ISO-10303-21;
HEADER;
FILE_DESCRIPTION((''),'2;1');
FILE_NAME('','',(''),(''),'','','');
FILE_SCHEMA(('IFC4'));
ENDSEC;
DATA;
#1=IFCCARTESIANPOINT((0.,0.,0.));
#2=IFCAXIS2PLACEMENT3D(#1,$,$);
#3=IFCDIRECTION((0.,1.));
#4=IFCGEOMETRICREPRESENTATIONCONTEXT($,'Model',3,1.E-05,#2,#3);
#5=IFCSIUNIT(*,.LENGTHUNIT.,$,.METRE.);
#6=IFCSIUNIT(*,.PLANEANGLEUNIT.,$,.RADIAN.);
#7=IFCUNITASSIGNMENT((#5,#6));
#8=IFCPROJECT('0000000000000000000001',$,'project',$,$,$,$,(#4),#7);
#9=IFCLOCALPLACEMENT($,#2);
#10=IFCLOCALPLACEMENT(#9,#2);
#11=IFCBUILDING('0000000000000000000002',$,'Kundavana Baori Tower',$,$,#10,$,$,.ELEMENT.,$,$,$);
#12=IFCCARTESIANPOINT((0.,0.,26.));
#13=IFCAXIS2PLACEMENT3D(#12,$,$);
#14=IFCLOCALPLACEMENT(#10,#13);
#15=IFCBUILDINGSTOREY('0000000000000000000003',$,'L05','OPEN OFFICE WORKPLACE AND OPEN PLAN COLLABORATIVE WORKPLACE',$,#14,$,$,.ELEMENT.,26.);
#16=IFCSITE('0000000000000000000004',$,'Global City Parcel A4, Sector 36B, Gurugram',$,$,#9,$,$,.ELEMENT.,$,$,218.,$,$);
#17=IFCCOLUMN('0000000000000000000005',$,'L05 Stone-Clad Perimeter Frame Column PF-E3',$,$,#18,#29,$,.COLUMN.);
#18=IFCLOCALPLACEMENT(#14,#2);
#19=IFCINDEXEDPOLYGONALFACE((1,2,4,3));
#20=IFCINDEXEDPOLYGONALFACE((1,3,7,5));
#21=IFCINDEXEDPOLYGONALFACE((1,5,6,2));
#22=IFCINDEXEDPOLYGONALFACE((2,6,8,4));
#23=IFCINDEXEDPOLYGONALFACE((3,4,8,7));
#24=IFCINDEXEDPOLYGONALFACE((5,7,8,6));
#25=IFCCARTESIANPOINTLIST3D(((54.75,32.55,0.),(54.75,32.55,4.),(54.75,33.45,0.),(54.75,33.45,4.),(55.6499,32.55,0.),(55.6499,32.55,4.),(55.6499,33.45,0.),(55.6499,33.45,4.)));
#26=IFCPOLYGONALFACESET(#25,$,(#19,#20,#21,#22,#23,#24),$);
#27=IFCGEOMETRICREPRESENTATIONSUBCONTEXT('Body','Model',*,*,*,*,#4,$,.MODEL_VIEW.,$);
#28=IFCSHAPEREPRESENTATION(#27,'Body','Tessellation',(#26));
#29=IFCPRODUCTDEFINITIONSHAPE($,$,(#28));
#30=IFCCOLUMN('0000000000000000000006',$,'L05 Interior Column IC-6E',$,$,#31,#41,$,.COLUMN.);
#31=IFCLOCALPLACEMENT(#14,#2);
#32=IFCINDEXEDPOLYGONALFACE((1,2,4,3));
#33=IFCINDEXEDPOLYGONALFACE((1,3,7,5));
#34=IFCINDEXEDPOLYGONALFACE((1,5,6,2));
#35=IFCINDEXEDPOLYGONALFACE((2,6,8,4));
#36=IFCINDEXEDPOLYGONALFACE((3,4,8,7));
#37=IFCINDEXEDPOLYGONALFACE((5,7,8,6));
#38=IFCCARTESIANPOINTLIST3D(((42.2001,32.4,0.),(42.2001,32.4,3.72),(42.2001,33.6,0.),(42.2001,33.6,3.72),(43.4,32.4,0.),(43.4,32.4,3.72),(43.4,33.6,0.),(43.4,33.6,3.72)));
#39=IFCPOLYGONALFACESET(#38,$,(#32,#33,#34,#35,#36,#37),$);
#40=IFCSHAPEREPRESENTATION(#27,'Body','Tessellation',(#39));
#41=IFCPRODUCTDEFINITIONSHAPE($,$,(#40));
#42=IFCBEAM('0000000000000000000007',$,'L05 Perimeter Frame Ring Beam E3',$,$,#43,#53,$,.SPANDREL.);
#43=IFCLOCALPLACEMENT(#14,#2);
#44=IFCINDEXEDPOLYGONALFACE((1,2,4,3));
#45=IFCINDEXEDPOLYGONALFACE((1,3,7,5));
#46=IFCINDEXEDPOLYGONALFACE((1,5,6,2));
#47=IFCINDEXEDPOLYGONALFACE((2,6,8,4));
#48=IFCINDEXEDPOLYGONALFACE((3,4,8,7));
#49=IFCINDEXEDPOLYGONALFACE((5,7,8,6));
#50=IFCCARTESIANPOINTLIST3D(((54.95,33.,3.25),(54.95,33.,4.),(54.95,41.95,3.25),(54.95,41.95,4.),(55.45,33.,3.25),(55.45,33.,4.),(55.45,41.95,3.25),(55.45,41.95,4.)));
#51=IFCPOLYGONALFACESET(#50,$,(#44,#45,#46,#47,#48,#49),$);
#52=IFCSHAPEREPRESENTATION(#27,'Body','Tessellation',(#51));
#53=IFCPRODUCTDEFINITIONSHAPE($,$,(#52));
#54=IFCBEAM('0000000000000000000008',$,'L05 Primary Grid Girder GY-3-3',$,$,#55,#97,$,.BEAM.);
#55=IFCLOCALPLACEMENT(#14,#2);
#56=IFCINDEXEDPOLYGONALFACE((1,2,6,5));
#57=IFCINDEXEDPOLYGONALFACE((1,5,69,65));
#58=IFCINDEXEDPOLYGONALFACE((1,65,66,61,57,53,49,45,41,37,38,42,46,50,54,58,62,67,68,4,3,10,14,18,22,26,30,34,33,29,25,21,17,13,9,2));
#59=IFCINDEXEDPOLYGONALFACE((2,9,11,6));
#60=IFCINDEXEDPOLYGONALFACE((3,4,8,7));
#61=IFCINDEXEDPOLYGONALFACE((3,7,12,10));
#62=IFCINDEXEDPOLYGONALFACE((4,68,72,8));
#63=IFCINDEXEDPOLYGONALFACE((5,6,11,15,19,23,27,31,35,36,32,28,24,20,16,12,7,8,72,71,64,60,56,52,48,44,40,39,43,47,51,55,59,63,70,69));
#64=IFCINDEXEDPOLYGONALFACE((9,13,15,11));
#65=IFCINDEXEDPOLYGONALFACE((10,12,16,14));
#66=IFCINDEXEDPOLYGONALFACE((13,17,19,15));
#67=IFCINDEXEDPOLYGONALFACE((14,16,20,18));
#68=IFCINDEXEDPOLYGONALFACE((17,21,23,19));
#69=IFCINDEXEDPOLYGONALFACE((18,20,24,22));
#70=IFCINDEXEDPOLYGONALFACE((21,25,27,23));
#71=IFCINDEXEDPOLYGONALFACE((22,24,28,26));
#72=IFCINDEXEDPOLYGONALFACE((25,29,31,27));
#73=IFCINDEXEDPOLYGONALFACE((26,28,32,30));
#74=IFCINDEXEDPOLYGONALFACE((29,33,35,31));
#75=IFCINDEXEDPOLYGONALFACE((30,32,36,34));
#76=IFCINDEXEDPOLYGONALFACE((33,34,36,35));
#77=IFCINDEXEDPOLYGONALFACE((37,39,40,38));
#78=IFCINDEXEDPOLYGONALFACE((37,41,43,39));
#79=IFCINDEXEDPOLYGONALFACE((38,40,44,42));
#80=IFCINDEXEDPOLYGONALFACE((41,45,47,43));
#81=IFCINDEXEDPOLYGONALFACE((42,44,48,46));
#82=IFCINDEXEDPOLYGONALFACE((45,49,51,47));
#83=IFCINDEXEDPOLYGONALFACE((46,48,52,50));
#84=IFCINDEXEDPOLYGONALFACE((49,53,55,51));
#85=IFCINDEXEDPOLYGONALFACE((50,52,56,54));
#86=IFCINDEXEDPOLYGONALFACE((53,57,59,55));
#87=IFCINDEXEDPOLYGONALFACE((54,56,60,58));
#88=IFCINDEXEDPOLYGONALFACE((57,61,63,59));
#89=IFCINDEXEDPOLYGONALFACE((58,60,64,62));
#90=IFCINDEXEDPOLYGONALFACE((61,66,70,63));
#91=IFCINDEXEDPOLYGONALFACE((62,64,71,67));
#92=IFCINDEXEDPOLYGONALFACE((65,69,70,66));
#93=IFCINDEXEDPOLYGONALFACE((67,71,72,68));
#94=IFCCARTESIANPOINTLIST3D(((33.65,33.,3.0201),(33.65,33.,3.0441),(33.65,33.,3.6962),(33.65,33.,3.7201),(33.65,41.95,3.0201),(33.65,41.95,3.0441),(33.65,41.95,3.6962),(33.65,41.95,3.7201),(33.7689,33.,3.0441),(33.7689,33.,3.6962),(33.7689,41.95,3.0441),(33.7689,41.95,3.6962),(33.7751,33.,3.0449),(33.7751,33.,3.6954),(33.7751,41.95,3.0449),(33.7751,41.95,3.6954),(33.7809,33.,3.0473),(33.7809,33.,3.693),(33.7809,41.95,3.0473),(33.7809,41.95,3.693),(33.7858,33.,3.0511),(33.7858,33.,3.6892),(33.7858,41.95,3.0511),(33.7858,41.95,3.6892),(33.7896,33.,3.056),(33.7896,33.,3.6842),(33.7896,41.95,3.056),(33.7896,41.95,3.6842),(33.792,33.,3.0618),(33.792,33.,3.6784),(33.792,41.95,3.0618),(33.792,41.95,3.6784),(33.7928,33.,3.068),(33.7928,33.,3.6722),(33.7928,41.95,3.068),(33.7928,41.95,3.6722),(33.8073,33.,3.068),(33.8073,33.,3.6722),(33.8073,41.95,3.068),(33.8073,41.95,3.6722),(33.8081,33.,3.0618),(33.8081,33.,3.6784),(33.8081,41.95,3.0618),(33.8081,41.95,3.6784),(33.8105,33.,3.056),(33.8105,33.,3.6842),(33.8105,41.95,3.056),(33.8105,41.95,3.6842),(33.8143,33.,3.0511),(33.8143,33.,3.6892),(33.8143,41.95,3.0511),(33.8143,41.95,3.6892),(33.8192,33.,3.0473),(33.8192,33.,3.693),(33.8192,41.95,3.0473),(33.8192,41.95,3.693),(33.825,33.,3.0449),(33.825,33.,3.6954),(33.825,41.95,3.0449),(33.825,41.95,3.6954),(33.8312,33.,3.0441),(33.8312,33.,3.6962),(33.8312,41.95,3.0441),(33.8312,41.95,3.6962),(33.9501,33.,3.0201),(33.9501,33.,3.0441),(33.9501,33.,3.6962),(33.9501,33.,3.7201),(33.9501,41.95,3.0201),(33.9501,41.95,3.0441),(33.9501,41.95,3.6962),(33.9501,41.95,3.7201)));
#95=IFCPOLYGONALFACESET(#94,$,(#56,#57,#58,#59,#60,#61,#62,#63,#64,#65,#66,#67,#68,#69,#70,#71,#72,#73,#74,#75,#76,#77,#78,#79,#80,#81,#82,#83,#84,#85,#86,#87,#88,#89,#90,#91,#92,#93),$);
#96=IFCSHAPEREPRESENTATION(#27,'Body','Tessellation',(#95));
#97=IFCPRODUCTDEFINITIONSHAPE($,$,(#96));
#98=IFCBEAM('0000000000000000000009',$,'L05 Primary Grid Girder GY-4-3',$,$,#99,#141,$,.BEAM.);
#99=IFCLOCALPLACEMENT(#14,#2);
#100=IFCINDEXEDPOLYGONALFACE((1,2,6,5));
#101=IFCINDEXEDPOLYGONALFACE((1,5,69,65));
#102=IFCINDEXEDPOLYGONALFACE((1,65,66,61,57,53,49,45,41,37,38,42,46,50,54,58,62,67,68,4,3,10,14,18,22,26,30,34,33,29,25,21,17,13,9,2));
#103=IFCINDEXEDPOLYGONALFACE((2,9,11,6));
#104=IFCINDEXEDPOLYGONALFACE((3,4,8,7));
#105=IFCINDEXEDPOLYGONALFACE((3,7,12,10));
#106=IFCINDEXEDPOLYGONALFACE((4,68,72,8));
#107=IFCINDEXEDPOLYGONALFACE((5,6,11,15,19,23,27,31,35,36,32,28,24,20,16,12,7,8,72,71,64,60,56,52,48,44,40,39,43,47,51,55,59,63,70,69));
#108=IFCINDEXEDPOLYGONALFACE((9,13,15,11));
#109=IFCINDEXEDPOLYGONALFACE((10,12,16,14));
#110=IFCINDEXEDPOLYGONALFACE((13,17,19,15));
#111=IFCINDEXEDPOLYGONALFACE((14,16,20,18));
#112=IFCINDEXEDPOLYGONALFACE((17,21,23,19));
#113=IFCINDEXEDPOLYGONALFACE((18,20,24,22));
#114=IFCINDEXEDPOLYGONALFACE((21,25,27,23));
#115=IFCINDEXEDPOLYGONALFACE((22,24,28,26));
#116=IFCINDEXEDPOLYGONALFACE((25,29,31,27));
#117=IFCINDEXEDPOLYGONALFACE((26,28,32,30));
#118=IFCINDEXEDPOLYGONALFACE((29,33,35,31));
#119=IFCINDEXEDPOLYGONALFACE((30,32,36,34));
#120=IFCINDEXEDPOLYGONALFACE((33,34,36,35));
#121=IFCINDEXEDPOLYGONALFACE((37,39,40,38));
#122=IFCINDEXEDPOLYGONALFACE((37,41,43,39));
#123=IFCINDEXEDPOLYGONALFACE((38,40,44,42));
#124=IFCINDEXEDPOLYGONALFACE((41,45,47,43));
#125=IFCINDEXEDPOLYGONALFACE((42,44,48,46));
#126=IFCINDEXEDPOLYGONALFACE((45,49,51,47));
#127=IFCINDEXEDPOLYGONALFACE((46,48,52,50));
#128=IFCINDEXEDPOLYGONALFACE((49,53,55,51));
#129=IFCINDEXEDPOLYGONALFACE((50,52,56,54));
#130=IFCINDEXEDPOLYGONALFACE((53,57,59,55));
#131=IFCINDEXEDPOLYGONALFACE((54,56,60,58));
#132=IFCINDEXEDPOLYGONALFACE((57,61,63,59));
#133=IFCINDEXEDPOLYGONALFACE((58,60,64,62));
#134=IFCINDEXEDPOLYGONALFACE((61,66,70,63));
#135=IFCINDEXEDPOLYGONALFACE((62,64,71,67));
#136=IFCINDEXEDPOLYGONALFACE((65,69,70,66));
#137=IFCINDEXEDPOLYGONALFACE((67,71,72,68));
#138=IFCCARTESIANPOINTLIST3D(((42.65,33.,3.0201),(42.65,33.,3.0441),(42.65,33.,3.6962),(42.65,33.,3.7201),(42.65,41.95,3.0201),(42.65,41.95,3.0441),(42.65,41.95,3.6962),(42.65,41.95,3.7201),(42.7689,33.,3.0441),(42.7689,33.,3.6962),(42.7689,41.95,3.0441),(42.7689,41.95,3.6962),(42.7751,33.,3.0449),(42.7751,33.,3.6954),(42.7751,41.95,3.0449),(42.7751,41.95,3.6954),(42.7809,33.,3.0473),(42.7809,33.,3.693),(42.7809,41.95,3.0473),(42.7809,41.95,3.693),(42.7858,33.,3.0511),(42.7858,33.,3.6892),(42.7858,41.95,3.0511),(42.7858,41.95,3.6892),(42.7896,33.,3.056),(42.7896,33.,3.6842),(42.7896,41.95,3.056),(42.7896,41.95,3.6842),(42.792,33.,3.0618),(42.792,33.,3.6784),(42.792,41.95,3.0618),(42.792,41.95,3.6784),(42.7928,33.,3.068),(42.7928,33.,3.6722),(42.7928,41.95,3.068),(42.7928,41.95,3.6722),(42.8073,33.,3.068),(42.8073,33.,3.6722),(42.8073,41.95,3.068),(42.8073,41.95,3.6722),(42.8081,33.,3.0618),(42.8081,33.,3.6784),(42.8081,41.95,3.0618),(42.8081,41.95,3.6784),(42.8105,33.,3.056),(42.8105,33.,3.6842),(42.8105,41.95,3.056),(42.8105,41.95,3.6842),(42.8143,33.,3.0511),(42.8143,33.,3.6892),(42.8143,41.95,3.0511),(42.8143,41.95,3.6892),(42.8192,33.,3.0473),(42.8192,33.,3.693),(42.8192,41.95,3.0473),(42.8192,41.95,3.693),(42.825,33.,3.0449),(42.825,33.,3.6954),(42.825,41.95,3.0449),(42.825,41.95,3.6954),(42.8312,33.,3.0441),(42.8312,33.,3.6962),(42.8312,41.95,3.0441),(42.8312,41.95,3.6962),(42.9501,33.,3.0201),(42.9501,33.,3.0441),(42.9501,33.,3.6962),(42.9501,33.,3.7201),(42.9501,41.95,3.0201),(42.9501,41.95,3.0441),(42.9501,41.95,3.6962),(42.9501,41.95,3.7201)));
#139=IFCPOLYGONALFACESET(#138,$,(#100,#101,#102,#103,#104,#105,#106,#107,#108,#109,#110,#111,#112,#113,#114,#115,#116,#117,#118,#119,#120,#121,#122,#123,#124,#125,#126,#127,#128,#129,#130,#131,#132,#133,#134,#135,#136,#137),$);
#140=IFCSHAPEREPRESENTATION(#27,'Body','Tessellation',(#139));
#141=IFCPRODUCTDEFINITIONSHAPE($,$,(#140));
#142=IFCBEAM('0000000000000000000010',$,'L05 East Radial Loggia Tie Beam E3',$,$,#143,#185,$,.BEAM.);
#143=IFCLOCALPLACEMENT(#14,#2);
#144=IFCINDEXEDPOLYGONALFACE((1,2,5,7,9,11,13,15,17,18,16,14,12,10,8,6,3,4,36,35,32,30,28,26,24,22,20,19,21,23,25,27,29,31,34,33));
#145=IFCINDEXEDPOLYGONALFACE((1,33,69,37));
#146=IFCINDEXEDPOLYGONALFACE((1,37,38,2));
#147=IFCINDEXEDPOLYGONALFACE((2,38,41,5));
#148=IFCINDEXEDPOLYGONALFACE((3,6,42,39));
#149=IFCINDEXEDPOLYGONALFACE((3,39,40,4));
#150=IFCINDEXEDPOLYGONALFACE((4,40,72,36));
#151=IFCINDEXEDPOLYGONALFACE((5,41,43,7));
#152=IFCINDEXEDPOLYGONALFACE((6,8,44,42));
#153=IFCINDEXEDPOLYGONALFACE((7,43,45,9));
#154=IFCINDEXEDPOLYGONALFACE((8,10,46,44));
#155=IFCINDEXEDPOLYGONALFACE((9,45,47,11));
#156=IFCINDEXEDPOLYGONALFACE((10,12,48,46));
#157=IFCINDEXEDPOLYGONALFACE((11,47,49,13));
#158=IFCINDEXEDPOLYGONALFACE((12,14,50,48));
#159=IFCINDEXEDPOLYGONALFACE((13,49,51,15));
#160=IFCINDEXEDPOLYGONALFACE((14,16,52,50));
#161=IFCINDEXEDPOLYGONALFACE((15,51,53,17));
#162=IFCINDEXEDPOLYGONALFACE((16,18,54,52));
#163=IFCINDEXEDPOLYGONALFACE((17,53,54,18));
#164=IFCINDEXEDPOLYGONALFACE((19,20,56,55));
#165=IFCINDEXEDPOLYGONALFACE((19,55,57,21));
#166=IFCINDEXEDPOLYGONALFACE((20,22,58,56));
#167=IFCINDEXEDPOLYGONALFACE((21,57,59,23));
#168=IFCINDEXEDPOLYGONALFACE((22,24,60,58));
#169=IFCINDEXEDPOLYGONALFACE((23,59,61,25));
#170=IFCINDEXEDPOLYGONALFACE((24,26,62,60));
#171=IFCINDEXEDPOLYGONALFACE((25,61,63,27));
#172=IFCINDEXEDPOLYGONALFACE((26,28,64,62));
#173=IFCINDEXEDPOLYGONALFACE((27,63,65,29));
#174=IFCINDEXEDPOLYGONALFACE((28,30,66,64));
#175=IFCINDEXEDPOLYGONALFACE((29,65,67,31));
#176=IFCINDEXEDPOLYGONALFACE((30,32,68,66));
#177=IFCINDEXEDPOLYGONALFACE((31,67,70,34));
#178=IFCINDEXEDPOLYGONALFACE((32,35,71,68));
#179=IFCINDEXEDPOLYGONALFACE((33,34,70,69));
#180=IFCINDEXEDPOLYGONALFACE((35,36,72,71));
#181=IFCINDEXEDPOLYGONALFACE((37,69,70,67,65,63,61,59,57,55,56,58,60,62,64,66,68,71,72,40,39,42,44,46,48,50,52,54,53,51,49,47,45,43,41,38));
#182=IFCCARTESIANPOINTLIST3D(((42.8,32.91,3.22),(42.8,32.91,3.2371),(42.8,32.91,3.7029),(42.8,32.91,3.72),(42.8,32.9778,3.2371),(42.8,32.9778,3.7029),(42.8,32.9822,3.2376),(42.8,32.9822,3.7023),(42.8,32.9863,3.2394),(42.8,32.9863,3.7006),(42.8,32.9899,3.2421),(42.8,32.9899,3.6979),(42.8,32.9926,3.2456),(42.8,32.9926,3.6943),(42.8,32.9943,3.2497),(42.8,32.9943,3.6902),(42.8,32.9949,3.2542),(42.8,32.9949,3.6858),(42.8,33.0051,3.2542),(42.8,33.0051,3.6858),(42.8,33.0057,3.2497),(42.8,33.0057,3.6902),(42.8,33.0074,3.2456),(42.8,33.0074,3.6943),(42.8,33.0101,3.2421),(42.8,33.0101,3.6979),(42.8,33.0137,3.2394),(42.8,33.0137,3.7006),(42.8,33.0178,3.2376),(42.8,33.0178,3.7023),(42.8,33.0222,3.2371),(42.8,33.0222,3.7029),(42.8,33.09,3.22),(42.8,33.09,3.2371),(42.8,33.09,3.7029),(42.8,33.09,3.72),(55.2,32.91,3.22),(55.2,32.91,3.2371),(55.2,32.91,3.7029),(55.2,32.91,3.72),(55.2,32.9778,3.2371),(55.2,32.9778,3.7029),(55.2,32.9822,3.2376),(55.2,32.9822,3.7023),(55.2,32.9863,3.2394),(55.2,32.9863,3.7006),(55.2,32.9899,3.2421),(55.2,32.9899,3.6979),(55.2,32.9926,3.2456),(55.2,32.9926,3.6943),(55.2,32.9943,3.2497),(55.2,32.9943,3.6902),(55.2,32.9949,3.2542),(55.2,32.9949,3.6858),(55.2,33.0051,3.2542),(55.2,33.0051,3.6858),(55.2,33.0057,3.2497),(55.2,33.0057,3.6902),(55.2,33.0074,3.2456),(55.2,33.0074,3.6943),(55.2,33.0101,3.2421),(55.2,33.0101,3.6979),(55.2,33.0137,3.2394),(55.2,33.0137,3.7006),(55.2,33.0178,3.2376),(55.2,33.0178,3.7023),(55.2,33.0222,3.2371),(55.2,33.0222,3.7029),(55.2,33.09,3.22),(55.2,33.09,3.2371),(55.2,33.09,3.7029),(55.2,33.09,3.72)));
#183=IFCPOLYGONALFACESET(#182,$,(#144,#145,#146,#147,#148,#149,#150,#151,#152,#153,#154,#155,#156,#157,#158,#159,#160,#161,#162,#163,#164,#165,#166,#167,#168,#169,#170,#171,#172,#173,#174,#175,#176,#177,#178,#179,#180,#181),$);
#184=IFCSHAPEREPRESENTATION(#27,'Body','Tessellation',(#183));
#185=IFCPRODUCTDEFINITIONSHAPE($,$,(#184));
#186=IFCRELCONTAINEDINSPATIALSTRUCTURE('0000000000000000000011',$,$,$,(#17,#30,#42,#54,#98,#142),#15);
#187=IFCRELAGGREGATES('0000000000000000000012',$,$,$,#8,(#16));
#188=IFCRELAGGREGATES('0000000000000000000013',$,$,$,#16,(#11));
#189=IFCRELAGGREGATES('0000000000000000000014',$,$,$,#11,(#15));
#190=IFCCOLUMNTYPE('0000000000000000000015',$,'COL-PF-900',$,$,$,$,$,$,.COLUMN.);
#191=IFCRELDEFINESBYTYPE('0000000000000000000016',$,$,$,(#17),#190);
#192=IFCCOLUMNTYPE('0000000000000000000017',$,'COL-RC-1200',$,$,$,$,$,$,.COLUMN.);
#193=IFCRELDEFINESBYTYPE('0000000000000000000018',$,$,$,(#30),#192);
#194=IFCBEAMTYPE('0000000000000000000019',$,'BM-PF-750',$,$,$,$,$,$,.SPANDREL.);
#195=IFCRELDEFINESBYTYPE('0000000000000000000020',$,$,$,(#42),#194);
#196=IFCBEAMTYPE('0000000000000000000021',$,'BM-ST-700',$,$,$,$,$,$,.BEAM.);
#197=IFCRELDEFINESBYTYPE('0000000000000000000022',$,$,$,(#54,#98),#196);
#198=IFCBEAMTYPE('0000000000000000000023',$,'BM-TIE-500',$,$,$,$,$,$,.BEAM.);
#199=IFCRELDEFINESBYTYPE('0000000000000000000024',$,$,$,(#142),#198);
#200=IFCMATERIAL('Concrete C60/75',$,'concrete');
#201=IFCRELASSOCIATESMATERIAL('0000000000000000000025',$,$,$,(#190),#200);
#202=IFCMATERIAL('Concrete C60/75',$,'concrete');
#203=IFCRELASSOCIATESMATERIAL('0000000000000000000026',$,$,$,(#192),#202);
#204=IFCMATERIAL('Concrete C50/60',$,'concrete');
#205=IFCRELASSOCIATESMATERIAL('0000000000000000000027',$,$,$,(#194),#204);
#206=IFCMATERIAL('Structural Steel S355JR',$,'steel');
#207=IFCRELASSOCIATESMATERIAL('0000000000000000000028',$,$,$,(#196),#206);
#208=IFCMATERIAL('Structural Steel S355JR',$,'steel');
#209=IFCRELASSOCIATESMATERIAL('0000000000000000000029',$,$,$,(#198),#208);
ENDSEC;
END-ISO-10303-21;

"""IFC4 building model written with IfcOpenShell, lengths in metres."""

from ifc_helpers import new_model, si_unit, direction, frame, origin, origin_2d, place, context, subcontext, project, spatial, rectangle, i_section, extrude, material, material_profile, profile_set, type_object, element, save


model = new_model("IFC4")

# Units and contexts
model_context = context("Model", 3, precision=1e-05, world=origin(), true_north=direction((0.0, 1.0)))
body_context = subcontext(model_context, "Body", "Model", "MODEL_VIEW")
ifc_project = project(units=[si_unit("LENGTHUNIT", "METRE"), si_unit("PLANEANGLEUNIT", "RADIAN")], contexts=[model_context])

# Site, building, storey
site_placement = place(None, origin())
site = spatial("IfcSite", under=ifc_project, at=site_placement, Name="Global City Parcel A4, Sector 36B, Gurugram", CompositionType="ELEMENT", RefElevation=218.0)
building_placement = place(site_placement, origin())
building = spatial("IfcBuilding", under=site, at=building_placement, Name="Kundavana Baori Tower", CompositionType="ELEMENT")
storey_placement = place(building_placement, frame((0.0, 0.0, 26.0)))
storey = spatial("IfcBuildingStorey", under=building, at=storey_placement, Name="L05", Description="OPEN OFFICE WORKPLACE AND OPEN PLAN COLLABORATIVE WORKPLACE", CompositionType="ELEMENT", Elevation=26.0)

# Columns
ifc_material_1 = material(Name="Concrete C60/75", Category="concrete")
ifc_material_profile_1 = material_profile(ifc_material_1, rectangle(XDim=0.8999, YDim=0.8999, at=origin_2d()), Name="RC PF 900x900")
ifc_profile_set_1 = profile_set([ifc_material_profile_1], Name="Concrete C60/75")
column_type_1 = type_object("IfcColumnType", Name="COL-PF-900", PredefinedType="COLUMN", material=ifc_profile_set_1)
column_1_placement = place(storey_placement, frame((55.2, 33.0, 0.0), z_axis=(0.0, 0.0, 1.0), x_axis=(1.0, 0.0, 0.0)))
element("IfcColumn", 1, at=column_1_placement, inside=storey, type_object=column_type_1, Name="L05 Stone-Clad Perimeter Frame Column PF-E3", PredefinedType="COLUMN", context=body_context, shape_type="SweptSolid", body=[
    extrude(rectangle(XDim=0.8999, YDim=0.8999, at=origin_2d()), origin(), (0.0, 0.0, 1.0), 4.0),
])
ifc_material_2 = material(Name="Concrete C60/75", Category="concrete")
ifc_material_profile_2 = material_profile(ifc_material_2, rectangle(XDim=1.2, YDim=1.2, at=origin_2d()), Name="RC 1200x1200")
ifc_profile_set_2 = profile_set([ifc_material_profile_2], Name="Concrete C60/75")
column_type_2 = type_object("IfcColumnType", Name="COL-RC-1200", PredefinedType="COLUMN", material=ifc_profile_set_2)
column_2_placement = place(storey_placement, frame((42.8, 33.0, 0.0), z_axis=(0.0, 0.0, 1.0), x_axis=(1.0, 0.0, 0.0)))
element("IfcColumn", 2, at=column_2_placement, inside=storey, type_object=column_type_2, Name="L05 Interior Column IC-6E", PredefinedType="COLUMN", context=body_context, shape_type="SweptSolid", body=[
    extrude(rectangle(XDim=1.2, YDim=1.2, at=origin_2d()), origin(), (0.0, 0.0, 1.0), 3.72),
])

# Beams
ifc_material_3 = material(Name="Concrete C50/60", Category="concrete")
ifc_material_profile_3 = material_profile(ifc_material_3, rectangle(XDim=0.5, YDim=0.75, at=origin_2d()), Name="RC BM 500x750")
ifc_profile_set_3 = profile_set([ifc_material_profile_3], Name="Concrete C50/60")
beam_type_1 = type_object("IfcBeamType", Name="BM-PF-750", PredefinedType="SPANDREL", material=ifc_profile_set_3)
beam_1_placement = place(storey_placement, frame((55.2, 33.0, 3.625), z_axis=(0.0, 1.0, 0.0), x_axis=(-1.0, 0.0, 0.0)))
element("IfcBeam", 3, at=beam_1_placement, inside=storey, type_object=beam_type_1, Name="L05 Perimeter Frame Ring Beam E3", PredefinedType="SPANDREL", context=body_context, shape_type="SweptSolid", body=[
    extrude(rectangle(XDim=0.5, YDim=0.75, at=origin_2d()), origin(), (0.0, 0.0, 1.0), 8.95),
])
ifc_material_4 = material(Name="Structural Steel S355JR", Category="steel")
ifc_material_profile_4 = material_profile(ifc_material_4, i_section(OverallWidth=0.3, OverallDepth=0.7, WebThickness=0.0144, FlangeThickness=0.0239, FilletRadius=0.0239, at=origin_2d()), Name="NPB 700x300x170")
ifc_profile_set_4 = profile_set([ifc_material_profile_4], Name="Structural Steel S355JR")
beam_type_2 = type_object("IfcBeamType", Name="BM-ST-700", PredefinedType="BEAM", material=ifc_profile_set_4)
for number, where, z_axis, x_axis, name in (
    (4, (33.8, 33.0, 3.3701), (0.0, 1.0, 0.0), (-1.0, 0.0, 0.0), "L05 Primary Grid Girder GY-3-3"),
    (5, (42.8, 33.0, 3.3701), (0.0, 1.0, 0.0), (-1.0, 0.0, 0.0), "L05 Primary Grid Girder GY-4-3"),
):
    element("IfcBeam", number, at=place(storey_placement, frame(where, z_axis=z_axis, x_axis=x_axis)), inside=storey, type_object=beam_type_2, Name=name, PredefinedType="BEAM", context=body_context, shape_type="SweptSolid", body=[
        extrude(i_section(OverallWidth=0.3, OverallDepth=0.7, WebThickness=0.0144, FlangeThickness=0.0239, FilletRadius=0.0239, at=origin_2d()), origin(), (0.0, 0.0, 1.0), 8.95),
    ])
ifc_material_5 = material(Name="Structural Steel S355JR", Category="steel")
ifc_material_profile_5 = material_profile(ifc_material_5, i_section(OverallWidth=0.1799, OverallDepth=0.5, WebThickness=0.0103, FlangeThickness=0.0171, FilletRadius=0.0171, at=origin_2d()), Name="ISMB 500")
ifc_profile_set_5 = profile_set([ifc_material_profile_5], Name="Structural Steel S355JR")
beam_type_3 = type_object("IfcBeamType", Name="BM-TIE-500", PredefinedType="BEAM", material=ifc_profile_set_5)
beam_2_placement = place(storey_placement, frame((42.8, 33.0, 3.47), z_axis=(1.0, 0.0, 0.0), x_axis=(0.0, 1.0, 0.0)))
element("IfcBeam", 6, at=beam_2_placement, inside=storey, type_object=beam_type_3, Name="L05 East Radial Loggia Tie Beam E3", PredefinedType="BEAM", context=body_context, shape_type="SweptSolid", body=[
    extrude(i_section(OverallWidth=0.1799, OverallDepth=0.5, WebThickness=0.0103, FlangeThickness=0.0171, FilletRadius=0.0171, at=origin_2d()), origin(), (0.0, 0.0, 1.0), 12.3999),
])

save(model, "model.ifc")
